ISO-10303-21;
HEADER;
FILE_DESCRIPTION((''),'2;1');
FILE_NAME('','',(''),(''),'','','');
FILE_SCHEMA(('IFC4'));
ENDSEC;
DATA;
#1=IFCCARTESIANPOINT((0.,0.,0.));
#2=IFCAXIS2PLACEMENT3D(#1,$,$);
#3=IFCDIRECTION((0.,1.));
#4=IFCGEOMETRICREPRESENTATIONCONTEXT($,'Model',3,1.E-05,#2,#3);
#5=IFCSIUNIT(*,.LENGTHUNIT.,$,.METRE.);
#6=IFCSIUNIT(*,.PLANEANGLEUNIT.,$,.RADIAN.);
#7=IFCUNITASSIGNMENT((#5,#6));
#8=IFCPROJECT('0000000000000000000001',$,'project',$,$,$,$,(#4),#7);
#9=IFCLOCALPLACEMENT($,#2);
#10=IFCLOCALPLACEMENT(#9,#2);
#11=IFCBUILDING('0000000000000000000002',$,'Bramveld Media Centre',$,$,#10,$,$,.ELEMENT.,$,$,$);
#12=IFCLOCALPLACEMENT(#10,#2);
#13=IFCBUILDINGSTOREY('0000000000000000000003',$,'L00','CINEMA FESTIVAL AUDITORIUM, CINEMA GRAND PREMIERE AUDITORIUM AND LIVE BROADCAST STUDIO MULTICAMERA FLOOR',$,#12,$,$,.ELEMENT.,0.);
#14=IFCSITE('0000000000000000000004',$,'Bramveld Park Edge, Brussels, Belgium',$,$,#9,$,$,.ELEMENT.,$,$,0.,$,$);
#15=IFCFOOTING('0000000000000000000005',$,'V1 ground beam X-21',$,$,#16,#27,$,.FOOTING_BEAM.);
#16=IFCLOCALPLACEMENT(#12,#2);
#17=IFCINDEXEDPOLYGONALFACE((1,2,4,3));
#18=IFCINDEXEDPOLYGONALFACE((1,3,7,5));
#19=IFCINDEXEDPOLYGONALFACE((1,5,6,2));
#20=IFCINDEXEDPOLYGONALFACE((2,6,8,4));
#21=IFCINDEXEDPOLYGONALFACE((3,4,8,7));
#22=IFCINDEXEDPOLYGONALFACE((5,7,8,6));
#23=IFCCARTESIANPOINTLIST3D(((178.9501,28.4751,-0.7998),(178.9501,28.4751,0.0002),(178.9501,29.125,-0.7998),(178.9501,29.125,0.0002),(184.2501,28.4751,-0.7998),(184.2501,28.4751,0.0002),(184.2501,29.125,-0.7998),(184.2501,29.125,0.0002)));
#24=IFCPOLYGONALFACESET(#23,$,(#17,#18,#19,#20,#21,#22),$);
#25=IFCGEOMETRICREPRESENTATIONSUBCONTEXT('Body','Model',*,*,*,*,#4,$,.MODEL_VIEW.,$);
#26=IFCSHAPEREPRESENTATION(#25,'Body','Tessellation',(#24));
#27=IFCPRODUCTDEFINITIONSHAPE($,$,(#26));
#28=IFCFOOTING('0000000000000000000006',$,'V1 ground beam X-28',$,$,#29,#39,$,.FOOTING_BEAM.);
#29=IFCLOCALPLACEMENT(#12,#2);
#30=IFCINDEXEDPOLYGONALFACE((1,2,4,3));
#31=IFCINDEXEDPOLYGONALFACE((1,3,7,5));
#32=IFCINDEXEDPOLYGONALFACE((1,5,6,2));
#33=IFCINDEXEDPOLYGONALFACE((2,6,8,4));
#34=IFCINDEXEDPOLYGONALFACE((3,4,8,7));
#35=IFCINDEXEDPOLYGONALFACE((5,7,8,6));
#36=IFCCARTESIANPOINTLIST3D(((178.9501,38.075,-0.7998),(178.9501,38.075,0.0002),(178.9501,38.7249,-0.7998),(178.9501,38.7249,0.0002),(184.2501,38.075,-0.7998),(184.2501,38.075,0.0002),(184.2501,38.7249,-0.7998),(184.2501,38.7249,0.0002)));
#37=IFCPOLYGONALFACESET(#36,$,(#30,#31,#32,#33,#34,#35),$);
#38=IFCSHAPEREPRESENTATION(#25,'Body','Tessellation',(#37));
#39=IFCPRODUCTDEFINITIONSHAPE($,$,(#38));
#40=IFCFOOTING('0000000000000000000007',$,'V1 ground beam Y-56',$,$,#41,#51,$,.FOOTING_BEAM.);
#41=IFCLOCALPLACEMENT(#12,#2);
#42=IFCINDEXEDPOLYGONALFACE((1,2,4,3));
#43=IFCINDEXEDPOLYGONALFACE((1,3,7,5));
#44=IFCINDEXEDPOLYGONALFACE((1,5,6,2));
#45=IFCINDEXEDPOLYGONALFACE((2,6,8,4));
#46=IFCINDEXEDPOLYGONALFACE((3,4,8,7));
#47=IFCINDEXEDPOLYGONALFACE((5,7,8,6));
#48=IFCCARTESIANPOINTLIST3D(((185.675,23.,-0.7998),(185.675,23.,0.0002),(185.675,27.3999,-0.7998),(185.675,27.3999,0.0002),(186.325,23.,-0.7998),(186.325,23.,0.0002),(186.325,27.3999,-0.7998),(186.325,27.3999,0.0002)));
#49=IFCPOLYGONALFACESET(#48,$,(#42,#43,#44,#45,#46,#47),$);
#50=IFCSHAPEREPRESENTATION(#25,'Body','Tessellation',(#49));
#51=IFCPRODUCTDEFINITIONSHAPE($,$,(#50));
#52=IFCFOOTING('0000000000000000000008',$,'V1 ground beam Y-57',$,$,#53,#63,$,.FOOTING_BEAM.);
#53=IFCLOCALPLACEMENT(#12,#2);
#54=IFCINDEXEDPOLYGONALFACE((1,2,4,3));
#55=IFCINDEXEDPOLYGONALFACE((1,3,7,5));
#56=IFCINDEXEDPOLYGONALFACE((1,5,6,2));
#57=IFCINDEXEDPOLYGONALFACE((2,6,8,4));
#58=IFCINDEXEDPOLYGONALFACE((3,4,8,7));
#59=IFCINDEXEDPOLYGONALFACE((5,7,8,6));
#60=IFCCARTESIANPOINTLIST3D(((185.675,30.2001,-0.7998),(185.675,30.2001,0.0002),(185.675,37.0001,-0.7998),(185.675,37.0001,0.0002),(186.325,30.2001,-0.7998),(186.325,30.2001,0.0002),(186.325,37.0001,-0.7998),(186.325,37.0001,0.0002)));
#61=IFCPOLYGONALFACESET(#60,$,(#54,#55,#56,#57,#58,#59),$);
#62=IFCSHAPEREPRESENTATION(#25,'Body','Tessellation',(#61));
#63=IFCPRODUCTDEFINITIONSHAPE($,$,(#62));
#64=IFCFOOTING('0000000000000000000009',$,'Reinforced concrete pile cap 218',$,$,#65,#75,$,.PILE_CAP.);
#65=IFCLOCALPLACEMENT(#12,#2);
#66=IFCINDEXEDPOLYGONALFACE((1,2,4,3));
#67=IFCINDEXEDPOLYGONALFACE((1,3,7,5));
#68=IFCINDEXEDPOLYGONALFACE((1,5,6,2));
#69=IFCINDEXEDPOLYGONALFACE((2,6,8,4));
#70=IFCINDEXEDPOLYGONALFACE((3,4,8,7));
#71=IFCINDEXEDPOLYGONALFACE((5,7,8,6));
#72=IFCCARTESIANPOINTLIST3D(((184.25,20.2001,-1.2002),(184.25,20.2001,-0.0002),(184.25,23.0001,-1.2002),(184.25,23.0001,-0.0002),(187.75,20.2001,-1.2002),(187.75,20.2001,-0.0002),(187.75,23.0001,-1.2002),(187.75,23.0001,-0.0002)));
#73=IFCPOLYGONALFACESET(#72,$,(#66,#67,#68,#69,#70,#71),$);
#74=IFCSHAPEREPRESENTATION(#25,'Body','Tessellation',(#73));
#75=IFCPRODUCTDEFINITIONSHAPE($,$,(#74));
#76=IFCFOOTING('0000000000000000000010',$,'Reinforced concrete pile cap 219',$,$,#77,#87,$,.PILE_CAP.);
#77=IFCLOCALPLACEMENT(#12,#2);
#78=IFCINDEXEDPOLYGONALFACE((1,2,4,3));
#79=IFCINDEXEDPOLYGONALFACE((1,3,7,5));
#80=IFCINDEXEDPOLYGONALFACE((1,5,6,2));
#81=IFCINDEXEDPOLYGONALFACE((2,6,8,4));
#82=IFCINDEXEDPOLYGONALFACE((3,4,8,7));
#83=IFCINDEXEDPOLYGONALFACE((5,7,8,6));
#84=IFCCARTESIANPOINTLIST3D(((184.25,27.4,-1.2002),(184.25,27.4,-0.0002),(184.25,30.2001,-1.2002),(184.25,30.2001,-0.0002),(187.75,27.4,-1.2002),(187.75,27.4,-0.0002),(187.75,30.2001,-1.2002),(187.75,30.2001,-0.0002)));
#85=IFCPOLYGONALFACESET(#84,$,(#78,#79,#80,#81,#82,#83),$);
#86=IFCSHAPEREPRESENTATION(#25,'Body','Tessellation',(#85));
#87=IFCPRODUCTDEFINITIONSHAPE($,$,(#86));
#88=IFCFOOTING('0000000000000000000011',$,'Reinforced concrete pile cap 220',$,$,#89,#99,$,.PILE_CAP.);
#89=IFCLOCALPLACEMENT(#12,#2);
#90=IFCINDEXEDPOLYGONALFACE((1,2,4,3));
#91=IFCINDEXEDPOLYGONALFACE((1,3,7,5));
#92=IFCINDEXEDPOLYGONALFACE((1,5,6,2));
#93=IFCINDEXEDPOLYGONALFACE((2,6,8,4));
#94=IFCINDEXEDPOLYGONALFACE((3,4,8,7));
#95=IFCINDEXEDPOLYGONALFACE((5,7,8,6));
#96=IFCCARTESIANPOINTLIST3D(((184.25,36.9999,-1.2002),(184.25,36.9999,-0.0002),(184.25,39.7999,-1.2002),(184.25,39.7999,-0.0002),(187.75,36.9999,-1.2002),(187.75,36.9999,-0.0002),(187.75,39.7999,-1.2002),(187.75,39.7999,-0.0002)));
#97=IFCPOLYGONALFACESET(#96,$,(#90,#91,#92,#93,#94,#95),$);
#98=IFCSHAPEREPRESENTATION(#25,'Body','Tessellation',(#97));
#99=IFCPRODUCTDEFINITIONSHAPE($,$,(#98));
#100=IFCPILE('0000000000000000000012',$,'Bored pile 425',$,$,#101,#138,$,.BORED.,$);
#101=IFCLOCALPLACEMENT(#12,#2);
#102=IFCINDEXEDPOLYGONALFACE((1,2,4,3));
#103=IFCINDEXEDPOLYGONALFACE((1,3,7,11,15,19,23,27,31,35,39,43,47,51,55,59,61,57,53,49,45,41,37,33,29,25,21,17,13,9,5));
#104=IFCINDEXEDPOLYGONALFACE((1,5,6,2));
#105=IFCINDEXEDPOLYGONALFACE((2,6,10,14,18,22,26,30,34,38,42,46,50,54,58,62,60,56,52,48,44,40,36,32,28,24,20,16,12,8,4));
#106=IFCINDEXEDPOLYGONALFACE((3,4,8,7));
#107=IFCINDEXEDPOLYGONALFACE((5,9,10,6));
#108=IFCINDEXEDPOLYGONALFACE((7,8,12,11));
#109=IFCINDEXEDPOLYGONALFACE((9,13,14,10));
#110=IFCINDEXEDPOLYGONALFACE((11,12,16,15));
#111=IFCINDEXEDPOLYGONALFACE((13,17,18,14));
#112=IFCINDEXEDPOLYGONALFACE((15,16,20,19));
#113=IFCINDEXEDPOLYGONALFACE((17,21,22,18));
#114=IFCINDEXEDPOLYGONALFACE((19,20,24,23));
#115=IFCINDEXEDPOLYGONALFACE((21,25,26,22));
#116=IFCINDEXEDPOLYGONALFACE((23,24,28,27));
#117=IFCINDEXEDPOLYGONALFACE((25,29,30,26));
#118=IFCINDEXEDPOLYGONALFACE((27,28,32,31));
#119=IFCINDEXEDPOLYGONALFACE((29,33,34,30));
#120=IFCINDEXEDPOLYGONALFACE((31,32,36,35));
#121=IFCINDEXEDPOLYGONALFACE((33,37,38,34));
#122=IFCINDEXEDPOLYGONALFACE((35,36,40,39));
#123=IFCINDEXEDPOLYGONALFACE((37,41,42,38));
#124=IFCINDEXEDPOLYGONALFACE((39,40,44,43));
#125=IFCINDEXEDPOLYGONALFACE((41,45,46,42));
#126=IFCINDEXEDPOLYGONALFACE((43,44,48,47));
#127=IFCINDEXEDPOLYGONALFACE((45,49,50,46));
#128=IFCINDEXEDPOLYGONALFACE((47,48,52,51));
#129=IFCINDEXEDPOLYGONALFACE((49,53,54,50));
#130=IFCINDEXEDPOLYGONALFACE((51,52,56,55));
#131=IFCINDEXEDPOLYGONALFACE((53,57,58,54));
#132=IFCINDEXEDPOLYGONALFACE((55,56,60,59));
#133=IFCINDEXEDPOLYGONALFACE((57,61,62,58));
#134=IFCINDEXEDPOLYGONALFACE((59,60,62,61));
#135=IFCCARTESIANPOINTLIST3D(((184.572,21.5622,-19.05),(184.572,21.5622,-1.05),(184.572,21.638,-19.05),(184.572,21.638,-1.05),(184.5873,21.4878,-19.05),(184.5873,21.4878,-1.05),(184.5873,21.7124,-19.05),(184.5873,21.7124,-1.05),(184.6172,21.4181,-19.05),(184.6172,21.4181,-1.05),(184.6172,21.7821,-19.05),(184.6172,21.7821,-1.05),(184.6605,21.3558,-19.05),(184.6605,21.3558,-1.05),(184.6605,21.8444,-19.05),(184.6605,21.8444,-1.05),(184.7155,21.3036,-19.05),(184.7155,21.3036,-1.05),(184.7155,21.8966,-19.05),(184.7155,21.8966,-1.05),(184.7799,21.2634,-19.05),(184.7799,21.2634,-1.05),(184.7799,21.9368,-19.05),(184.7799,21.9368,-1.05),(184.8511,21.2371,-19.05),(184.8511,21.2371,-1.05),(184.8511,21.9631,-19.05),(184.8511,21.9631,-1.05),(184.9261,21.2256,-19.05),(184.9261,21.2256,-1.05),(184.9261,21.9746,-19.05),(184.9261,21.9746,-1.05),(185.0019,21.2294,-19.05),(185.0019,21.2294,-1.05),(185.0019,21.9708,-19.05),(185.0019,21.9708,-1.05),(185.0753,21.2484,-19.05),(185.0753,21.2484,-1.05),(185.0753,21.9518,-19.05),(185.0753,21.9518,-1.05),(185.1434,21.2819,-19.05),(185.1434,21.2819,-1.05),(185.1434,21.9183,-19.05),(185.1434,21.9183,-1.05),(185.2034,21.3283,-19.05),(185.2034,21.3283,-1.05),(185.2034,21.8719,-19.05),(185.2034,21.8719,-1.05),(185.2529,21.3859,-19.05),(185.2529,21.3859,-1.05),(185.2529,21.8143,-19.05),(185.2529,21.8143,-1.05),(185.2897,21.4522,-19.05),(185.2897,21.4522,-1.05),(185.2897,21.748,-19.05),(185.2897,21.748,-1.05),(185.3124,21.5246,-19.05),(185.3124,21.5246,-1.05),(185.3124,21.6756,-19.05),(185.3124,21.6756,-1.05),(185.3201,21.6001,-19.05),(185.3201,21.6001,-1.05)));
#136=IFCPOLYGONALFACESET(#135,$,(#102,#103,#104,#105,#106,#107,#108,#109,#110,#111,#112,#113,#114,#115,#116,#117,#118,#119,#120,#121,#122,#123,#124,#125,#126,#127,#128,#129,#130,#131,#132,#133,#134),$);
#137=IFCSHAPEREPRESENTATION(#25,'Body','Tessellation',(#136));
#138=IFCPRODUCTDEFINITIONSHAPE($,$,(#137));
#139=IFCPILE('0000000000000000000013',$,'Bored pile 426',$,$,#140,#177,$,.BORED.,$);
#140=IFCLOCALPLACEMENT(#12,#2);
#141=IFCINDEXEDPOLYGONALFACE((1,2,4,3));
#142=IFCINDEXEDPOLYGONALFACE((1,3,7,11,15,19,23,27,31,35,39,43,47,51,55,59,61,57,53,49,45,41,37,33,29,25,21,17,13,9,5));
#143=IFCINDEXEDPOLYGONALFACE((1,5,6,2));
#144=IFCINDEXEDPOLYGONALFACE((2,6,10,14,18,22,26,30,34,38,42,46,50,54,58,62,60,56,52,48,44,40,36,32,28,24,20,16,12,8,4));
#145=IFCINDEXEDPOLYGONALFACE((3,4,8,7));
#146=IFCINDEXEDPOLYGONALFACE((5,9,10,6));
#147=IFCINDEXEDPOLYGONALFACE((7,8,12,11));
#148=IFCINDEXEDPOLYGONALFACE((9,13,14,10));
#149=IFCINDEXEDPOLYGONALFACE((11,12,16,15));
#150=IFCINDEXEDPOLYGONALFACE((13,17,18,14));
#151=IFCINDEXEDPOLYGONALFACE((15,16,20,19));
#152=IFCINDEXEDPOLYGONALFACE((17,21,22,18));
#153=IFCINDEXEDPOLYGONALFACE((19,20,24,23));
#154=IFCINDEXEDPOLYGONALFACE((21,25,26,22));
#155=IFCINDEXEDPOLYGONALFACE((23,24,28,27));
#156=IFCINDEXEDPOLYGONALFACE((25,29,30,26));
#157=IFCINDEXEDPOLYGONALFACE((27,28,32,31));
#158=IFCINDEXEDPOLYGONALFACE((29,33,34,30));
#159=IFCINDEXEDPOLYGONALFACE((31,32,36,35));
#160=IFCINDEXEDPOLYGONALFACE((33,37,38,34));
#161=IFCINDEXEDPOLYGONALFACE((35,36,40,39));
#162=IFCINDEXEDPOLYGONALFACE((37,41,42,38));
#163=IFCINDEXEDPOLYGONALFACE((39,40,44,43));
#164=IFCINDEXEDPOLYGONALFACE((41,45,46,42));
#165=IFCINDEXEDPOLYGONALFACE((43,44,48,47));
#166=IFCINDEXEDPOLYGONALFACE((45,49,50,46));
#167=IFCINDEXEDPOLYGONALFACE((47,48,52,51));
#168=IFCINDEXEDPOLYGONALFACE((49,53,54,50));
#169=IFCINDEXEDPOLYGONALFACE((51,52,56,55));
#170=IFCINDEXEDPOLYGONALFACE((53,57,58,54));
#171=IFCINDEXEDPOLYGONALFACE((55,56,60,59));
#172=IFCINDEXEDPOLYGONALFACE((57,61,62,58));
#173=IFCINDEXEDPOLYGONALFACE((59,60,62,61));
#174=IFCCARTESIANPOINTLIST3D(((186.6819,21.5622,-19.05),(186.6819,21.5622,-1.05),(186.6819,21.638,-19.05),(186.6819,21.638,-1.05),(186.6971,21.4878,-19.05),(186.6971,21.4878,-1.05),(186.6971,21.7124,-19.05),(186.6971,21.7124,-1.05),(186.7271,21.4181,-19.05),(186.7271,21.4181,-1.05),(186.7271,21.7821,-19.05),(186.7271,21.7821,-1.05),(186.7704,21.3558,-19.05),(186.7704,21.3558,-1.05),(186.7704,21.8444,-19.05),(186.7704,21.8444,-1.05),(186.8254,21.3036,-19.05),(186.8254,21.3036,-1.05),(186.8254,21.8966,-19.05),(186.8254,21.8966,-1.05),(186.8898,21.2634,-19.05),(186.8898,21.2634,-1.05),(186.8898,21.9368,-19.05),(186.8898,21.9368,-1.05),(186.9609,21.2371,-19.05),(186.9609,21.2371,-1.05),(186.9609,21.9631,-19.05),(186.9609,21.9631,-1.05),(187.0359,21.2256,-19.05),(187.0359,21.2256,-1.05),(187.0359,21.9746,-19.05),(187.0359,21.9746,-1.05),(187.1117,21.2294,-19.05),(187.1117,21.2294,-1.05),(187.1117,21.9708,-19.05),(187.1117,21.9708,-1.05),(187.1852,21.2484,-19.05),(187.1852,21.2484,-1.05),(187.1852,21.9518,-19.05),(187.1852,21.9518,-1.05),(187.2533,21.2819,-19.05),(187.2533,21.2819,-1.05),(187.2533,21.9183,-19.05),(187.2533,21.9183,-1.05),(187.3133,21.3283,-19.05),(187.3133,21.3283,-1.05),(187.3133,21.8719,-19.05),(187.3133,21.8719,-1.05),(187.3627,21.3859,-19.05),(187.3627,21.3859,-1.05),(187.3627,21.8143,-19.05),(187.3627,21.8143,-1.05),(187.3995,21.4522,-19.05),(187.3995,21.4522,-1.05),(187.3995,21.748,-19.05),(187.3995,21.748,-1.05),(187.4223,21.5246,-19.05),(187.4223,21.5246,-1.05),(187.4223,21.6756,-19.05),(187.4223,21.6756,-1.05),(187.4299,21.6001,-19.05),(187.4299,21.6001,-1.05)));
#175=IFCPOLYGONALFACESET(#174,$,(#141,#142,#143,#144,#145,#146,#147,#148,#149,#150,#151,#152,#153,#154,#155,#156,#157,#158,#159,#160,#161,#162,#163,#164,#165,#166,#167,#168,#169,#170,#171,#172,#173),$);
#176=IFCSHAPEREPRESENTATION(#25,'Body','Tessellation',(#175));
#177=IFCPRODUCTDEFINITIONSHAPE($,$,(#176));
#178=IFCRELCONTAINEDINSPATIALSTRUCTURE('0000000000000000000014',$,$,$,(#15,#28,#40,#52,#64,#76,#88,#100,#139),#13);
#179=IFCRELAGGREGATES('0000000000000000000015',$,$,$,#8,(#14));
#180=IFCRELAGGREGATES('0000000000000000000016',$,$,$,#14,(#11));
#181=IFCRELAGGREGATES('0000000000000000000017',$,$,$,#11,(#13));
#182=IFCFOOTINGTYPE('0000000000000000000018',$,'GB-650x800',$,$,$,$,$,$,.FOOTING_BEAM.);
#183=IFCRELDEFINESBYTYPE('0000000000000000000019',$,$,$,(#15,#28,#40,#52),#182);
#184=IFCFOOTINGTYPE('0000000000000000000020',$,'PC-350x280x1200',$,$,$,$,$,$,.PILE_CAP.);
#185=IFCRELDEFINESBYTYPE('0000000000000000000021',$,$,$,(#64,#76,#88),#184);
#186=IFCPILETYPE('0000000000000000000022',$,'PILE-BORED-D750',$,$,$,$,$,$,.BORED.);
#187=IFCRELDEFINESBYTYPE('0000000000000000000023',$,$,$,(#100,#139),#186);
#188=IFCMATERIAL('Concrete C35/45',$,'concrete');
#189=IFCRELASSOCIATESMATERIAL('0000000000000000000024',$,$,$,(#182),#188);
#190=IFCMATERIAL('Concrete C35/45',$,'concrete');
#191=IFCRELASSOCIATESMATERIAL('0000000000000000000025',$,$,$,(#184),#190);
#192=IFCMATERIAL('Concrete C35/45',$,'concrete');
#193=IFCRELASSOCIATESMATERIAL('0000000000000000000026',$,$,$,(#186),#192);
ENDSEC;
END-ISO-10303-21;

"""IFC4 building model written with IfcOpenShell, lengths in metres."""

from ifc_helpers import new_model, si_unit, direction, frame, origin, origin_2d, place, context, subcontext, project, spatial, rectangle, circle, extrude, material, material_profile, profile_set, type_object, element, save


model = new_model("IFC4")

# Units and contexts
model_context = context("Model", 3, precision=1e-05, world=origin(), true_north=direction((0.0, 1.0)))
body_context = subcontext(model_context, "Body", "Model", "MODEL_VIEW")
ifc_project = project(units=[si_unit("LENGTHUNIT", "METRE"), si_unit("PLANEANGLEUNIT", "RADIAN")], contexts=[model_context])

# Site, building, storey
site_placement = place(None, origin())
site = spatial("IfcSite", under=ifc_project, at=site_placement, Name="Bramveld Park Edge, Brussels, Belgium", CompositionType="ELEMENT", RefElevation=0.0)
building_placement = place(site_placement, origin())
building = spatial("IfcBuilding", under=site, at=building_placement, Name="Bramveld Media Centre", CompositionType="ELEMENT")
storey_placement = place(building_placement, origin())
storey = spatial("IfcBuildingStorey", under=building, at=storey_placement, Name="L00", Description="CINEMA FESTIVAL AUDITORIUM, CINEMA GRAND PREMIERE AUDITORIUM AND LIVE BROADCAST STUDIO MULTICAMERA FLOOR", CompositionType="ELEMENT", Elevation=0.0)

# Footings
ifc_material_1 = material(Name="Concrete C35/45", Category="concrete")
footing_type_1 = type_object("IfcFootingType", Name="GB-650x800", PredefinedType="FOOTING_BEAM", material=ifc_material_1)
for number, where, z_axis, x_axis, name in (
    (1, (181.6001, 28.8, -0.7998), (0.0, 0.0, 1.0), (1.0, 0.0, 0.0), "V1 ground beam X-21"),
    (2, (181.6001, 38.3999, -0.7998), (0.0, 0.0, 1.0), (1.0, 0.0, 0.0), "V1 ground beam X-28"),
):
    element("IfcFooting", number, at=place(storey_placement, frame(where, z_axis=z_axis, x_axis=x_axis)), inside=storey, type_object=footing_type_1, Name=name, PredefinedType="FOOTING_BEAM", context=body_context, shape_type="SweptSolid", body=[
        extrude(rectangle(XDim=5.3, YDim=0.6499, at=origin_2d()), origin(), (0.0, 0.0, 1.0), 0.8),
    ])
footing_1_placement = place(storey_placement, frame((186.0, 25.2, -0.7998), z_axis=(0.0, 0.0, 1.0), x_axis=(1.0, 0.0, 0.0)))
element("IfcFooting", 3, at=footing_1_placement, inside=storey, type_object=footing_type_1, Name="V1 ground beam Y-56", PredefinedType="FOOTING_BEAM", context=body_context, shape_type="SweptSolid", body=[
    extrude(rectangle(XDim=0.6499, YDim=4.3999, at=origin_2d()), origin(), (0.0, 0.0, 1.0), 0.8),
])
footing_2_placement = place(storey_placement, frame((186.0, 33.6001, -0.7998), z_axis=(0.0, 0.0, 1.0), x_axis=(1.0, 0.0, 0.0)))
element("IfcFooting", 4, at=footing_2_placement, inside=storey, type_object=footing_type_1, Name="V1 ground beam Y-57", PredefinedType="FOOTING_BEAM", context=body_context, shape_type="SweptSolid", body=[
    extrude(rectangle(XDim=0.6499, YDim=6.8, at=origin_2d()), origin(), (0.0, 0.0, 1.0), 0.8),
])
ifc_material_2 = material(Name="Concrete C35/45", Category="concrete")
footing_type_2 = type_object("IfcFootingType", Name="PC-350x280x1200", PredefinedType="PILE_CAP", material=ifc_material_2)
for number, where, z_axis, x_axis, name in (
    (5, (186.0, 21.6001, -1.2002), (0.0, 0.0, 1.0), (1.0, 0.0, 0.0), "Reinforced concrete pile cap 218"),
    (6, (186.0, 28.8, -1.2002), (0.0, 0.0, 1.0), (1.0, 0.0, 0.0), "Reinforced concrete pile cap 219"),
    (7, (186.0, 38.3999, -1.2002), (0.0, 0.0, 1.0), (1.0, 0.0, 0.0), "Reinforced concrete pile cap 220"),
):
    element("IfcFooting", number, at=place(storey_placement, frame(where, z_axis=z_axis, x_axis=x_axis)), inside=storey, type_object=footing_type_2, Name=name, PredefinedType="PILE_CAP", context=body_context, shape_type="SweptSolid", body=[
        extrude(rectangle(XDim=3.5, YDim=2.8, at=origin_2d()), origin(), (0.0, 0.0, 1.0), 1.2),
    ])

# Piles
ifc_material_3 = material(Name="Concrete C35/45", Category="concrete")
ifc_material_profile_1 = material_profile(ifc_material_3, circle(Radius=0.375, at=origin_2d()), Name="BORED D750")
ifc_profile_set_1 = profile_set([ifc_material_profile_1], Name="Concrete C35/45")
pile_type = type_object("IfcPileType", Name="PILE-BORED-D750", PredefinedType="BORED", material=ifc_profile_set_1)
for number, where, z_axis, x_axis, name in (
    (8, (184.9451, 21.6001, -1.05), (0.0, 0.0, -1.0), (1.0, 0.0, 0.0), "Bored pile 425"),
    (9, (187.0549, 21.6001, -1.05), (0.0, 0.0, -1.0), (1.0, 0.0, 0.0), "Bored pile 426"),
):
    element("IfcPile", number, at=place(storey_placement, frame(where, z_axis=z_axis, x_axis=x_axis)), inside=storey, type_object=pile_type, Name=name, PredefinedType="BORED", context=body_context, shape_type="SweptSolid", body=[
        extrude(circle(Radius=0.375, at=origin_2d()), origin(), (0.0, 0.0, 1.0), 18.0),
    ])

save(model, "model.ifc")
